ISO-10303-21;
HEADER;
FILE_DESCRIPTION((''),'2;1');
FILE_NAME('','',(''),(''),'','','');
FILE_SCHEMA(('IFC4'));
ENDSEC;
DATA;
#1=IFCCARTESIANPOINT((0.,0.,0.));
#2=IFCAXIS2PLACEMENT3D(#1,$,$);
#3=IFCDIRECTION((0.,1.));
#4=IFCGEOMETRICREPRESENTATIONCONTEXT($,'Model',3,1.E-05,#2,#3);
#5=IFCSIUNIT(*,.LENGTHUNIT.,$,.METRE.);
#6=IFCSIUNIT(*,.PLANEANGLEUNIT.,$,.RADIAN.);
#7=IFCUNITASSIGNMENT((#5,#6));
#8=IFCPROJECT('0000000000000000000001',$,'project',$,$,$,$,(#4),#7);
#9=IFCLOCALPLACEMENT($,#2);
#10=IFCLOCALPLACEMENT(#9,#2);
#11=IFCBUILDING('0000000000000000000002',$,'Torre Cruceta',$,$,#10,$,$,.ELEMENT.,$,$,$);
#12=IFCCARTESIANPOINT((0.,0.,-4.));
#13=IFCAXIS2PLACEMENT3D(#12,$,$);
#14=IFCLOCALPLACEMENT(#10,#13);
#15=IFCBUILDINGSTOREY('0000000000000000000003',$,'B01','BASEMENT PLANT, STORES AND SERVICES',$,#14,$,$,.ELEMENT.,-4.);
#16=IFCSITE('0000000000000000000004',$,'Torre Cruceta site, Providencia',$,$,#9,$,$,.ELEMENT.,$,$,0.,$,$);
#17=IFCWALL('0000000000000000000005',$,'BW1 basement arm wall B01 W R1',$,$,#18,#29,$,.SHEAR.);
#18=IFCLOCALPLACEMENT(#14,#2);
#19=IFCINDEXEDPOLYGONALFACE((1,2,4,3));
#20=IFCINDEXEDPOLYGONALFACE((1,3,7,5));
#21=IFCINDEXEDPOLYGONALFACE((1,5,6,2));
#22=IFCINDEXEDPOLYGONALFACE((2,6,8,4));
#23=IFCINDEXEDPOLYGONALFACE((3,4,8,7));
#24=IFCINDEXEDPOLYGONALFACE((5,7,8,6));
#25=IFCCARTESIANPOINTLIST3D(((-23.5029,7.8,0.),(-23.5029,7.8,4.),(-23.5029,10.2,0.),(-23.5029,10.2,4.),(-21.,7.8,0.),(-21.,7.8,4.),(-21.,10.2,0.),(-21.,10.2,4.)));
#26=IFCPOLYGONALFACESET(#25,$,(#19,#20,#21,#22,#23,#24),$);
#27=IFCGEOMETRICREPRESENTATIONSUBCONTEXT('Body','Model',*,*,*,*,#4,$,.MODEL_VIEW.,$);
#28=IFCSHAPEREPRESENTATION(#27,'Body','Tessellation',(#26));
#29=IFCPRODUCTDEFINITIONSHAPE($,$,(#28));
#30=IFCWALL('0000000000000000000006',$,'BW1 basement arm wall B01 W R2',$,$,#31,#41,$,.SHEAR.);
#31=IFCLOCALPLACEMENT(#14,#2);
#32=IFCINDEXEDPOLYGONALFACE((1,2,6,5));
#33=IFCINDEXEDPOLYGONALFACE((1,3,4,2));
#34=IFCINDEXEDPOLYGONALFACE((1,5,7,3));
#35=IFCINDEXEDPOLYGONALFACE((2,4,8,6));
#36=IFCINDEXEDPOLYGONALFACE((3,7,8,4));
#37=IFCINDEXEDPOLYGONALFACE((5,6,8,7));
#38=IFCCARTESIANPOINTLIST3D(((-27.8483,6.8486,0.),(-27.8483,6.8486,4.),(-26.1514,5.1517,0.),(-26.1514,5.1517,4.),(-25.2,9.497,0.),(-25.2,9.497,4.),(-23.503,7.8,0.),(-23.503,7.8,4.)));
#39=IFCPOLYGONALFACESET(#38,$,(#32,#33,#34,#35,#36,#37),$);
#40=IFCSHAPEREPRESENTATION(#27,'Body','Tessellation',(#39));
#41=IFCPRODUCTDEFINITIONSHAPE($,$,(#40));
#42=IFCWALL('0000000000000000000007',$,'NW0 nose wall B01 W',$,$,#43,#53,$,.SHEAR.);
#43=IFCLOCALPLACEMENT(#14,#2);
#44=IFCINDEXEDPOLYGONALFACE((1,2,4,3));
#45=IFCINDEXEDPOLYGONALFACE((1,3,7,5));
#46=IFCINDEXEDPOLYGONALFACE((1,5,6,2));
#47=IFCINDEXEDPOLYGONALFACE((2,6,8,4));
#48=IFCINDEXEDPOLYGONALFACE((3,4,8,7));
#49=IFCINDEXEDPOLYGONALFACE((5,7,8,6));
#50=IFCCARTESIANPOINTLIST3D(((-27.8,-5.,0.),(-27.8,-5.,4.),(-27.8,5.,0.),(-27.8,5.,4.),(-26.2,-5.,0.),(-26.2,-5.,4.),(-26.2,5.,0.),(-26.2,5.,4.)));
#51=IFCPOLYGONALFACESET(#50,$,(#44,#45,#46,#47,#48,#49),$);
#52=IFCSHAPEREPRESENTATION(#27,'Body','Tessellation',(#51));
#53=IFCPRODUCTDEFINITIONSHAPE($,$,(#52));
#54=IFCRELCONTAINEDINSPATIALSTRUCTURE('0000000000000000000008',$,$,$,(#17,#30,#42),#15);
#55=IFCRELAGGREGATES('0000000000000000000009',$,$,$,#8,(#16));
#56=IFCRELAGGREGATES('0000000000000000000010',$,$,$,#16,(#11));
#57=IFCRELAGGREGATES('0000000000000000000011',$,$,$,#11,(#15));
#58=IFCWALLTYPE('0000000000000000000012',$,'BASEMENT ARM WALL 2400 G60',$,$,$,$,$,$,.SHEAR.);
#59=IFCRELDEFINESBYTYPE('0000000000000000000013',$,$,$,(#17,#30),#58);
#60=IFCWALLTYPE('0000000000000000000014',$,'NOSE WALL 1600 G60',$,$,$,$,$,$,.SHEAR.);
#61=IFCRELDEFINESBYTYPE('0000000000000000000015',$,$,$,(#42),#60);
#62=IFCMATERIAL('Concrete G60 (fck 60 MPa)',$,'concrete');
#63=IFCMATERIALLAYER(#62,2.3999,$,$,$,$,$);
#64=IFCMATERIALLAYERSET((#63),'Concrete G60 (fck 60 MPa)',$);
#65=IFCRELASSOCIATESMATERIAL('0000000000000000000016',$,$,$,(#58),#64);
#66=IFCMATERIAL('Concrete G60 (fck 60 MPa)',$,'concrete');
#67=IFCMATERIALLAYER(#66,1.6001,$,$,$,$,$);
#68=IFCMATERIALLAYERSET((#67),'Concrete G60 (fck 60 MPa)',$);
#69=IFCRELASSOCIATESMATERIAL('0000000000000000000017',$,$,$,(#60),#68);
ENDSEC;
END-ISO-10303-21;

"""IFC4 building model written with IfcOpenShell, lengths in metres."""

from ifc_helpers import new_model, si_unit, direction, frame, frame_2d, origin, place, context, subcontext, project, spatial, rectangle, extrude, material, layer, layer_set, type_object, element, save


model = new_model("IFC4")

# Units and contexts
model_context = context("Model", 3, precision=1e-05, world=origin(), true_north=direction((0.0, 1.0)))
body_context = subcontext(model_context, "Body", "Model", "MODEL_VIEW")
ifc_project = project(units=[si_unit("LENGTHUNIT", "METRE"), si_unit("PLANEANGLEUNIT", "RADIAN")], contexts=[model_context])

# Site, building, storey
site_placement = place(None, origin())
site = spatial("IfcSite", under=ifc_project, at=site_placement, Name="Torre Cruceta site, Providencia", CompositionType="ELEMENT", RefElevation=0.0)
building_placement = place(site_placement, origin())
building = spatial("IfcBuilding", under=site, at=building_placement, Name="Torre Cruceta", CompositionType="ELEMENT")
storey_placement = place(building_placement, frame((0.0, 0.0, -4.0)))
storey = spatial("IfcBuildingStorey", under=building, at=storey_placement, Name="B01", Description="BASEMENT PLANT, STORES AND SERVICES", CompositionType="ELEMENT", Elevation=-4.0)

# Walls
ifc_material_1 = material(Name="Concrete G60 (fck 60 MPa)", Category="concrete")
ifc_layer_1 = layer(ifc_material_1, 2.3999)
ifc_layer_set_1 = layer_set([ifc_layer_1], Name="Concrete G60 (fck 60 MPa)")
wall_type_1 = type_object("IfcWallType", Name="BASEMENT ARM WALL 2400 G60", PredefinedType="SHEAR", material=ifc_layer_set_1)
wall_1_placement = place(storey_placement, frame((-21.0, 9.0, 0.0), z_axis=(0.0, 0.0, 1.0), x_axis=(-1.0, 0.0, 0.0)))
element("IfcWall", 1, at=wall_1_placement, inside=storey, type_object=wall_type_1, Name="BW1 basement arm wall B01 W R1", PredefinedType="SHEAR", context=body_context, shape_type="SweptSolid", body=[
    extrude(rectangle(XDim=2.5029, YDim=2.3999, at=frame_2d((1.2515, 0.0))), origin(), (0.0, 0.0, 1.0), 4.0),
])
wall_2_placement = place(storey_placement, frame((-24.3516, 8.6484, 0.0), z_axis=(0.0, 0.0, 1.0), x_axis=(-0.707107, -0.707107, 0.0)))
element("IfcWall", 2, at=wall_2_placement, inside=storey, type_object=wall_type_1, Name="BW1 basement arm wall B01 W R2", PredefinedType="SHEAR", context=body_context, shape_type="SweptSolid", body=[
    extrude(rectangle(XDim=3.7454, YDim=2.3999, at=frame_2d((1.8726, 0.0))), origin(), (0.0, 0.0, 1.0), 4.0),
])
ifc_material_2 = material(Name="Concrete G60 (fck 60 MPa)", Category="concrete")
ifc_layer_2 = layer(ifc_material_2, 1.6001)
ifc_layer_set_2 = layer_set([ifc_layer_2], Name="Concrete G60 (fck 60 MPa)")
wall_type_2 = type_object("IfcWallType", Name="NOSE WALL 1600 G60", PredefinedType="SHEAR", material=ifc_layer_set_2)
wall_3_placement = place(storey_placement, frame((-27.0, 5.0, 0.0), z_axis=(0.0, 0.0, 1.0), x_axis=(0.0, -1.0, 0.0)))
element("IfcWall", 3, at=wall_3_placement, inside=storey, type_object=wall_type_2, Name="NW0 nose wall B01 W", PredefinedType="SHEAR", context=body_context, shape_type="SweptSolid", body=[
    extrude(rectangle(XDim=10.0, YDim=1.6001, at=frame_2d((5.0, 0.0))), origin(), (0.0, 0.0, 1.0), 4.0),
])

save(model, "model.ifc")
